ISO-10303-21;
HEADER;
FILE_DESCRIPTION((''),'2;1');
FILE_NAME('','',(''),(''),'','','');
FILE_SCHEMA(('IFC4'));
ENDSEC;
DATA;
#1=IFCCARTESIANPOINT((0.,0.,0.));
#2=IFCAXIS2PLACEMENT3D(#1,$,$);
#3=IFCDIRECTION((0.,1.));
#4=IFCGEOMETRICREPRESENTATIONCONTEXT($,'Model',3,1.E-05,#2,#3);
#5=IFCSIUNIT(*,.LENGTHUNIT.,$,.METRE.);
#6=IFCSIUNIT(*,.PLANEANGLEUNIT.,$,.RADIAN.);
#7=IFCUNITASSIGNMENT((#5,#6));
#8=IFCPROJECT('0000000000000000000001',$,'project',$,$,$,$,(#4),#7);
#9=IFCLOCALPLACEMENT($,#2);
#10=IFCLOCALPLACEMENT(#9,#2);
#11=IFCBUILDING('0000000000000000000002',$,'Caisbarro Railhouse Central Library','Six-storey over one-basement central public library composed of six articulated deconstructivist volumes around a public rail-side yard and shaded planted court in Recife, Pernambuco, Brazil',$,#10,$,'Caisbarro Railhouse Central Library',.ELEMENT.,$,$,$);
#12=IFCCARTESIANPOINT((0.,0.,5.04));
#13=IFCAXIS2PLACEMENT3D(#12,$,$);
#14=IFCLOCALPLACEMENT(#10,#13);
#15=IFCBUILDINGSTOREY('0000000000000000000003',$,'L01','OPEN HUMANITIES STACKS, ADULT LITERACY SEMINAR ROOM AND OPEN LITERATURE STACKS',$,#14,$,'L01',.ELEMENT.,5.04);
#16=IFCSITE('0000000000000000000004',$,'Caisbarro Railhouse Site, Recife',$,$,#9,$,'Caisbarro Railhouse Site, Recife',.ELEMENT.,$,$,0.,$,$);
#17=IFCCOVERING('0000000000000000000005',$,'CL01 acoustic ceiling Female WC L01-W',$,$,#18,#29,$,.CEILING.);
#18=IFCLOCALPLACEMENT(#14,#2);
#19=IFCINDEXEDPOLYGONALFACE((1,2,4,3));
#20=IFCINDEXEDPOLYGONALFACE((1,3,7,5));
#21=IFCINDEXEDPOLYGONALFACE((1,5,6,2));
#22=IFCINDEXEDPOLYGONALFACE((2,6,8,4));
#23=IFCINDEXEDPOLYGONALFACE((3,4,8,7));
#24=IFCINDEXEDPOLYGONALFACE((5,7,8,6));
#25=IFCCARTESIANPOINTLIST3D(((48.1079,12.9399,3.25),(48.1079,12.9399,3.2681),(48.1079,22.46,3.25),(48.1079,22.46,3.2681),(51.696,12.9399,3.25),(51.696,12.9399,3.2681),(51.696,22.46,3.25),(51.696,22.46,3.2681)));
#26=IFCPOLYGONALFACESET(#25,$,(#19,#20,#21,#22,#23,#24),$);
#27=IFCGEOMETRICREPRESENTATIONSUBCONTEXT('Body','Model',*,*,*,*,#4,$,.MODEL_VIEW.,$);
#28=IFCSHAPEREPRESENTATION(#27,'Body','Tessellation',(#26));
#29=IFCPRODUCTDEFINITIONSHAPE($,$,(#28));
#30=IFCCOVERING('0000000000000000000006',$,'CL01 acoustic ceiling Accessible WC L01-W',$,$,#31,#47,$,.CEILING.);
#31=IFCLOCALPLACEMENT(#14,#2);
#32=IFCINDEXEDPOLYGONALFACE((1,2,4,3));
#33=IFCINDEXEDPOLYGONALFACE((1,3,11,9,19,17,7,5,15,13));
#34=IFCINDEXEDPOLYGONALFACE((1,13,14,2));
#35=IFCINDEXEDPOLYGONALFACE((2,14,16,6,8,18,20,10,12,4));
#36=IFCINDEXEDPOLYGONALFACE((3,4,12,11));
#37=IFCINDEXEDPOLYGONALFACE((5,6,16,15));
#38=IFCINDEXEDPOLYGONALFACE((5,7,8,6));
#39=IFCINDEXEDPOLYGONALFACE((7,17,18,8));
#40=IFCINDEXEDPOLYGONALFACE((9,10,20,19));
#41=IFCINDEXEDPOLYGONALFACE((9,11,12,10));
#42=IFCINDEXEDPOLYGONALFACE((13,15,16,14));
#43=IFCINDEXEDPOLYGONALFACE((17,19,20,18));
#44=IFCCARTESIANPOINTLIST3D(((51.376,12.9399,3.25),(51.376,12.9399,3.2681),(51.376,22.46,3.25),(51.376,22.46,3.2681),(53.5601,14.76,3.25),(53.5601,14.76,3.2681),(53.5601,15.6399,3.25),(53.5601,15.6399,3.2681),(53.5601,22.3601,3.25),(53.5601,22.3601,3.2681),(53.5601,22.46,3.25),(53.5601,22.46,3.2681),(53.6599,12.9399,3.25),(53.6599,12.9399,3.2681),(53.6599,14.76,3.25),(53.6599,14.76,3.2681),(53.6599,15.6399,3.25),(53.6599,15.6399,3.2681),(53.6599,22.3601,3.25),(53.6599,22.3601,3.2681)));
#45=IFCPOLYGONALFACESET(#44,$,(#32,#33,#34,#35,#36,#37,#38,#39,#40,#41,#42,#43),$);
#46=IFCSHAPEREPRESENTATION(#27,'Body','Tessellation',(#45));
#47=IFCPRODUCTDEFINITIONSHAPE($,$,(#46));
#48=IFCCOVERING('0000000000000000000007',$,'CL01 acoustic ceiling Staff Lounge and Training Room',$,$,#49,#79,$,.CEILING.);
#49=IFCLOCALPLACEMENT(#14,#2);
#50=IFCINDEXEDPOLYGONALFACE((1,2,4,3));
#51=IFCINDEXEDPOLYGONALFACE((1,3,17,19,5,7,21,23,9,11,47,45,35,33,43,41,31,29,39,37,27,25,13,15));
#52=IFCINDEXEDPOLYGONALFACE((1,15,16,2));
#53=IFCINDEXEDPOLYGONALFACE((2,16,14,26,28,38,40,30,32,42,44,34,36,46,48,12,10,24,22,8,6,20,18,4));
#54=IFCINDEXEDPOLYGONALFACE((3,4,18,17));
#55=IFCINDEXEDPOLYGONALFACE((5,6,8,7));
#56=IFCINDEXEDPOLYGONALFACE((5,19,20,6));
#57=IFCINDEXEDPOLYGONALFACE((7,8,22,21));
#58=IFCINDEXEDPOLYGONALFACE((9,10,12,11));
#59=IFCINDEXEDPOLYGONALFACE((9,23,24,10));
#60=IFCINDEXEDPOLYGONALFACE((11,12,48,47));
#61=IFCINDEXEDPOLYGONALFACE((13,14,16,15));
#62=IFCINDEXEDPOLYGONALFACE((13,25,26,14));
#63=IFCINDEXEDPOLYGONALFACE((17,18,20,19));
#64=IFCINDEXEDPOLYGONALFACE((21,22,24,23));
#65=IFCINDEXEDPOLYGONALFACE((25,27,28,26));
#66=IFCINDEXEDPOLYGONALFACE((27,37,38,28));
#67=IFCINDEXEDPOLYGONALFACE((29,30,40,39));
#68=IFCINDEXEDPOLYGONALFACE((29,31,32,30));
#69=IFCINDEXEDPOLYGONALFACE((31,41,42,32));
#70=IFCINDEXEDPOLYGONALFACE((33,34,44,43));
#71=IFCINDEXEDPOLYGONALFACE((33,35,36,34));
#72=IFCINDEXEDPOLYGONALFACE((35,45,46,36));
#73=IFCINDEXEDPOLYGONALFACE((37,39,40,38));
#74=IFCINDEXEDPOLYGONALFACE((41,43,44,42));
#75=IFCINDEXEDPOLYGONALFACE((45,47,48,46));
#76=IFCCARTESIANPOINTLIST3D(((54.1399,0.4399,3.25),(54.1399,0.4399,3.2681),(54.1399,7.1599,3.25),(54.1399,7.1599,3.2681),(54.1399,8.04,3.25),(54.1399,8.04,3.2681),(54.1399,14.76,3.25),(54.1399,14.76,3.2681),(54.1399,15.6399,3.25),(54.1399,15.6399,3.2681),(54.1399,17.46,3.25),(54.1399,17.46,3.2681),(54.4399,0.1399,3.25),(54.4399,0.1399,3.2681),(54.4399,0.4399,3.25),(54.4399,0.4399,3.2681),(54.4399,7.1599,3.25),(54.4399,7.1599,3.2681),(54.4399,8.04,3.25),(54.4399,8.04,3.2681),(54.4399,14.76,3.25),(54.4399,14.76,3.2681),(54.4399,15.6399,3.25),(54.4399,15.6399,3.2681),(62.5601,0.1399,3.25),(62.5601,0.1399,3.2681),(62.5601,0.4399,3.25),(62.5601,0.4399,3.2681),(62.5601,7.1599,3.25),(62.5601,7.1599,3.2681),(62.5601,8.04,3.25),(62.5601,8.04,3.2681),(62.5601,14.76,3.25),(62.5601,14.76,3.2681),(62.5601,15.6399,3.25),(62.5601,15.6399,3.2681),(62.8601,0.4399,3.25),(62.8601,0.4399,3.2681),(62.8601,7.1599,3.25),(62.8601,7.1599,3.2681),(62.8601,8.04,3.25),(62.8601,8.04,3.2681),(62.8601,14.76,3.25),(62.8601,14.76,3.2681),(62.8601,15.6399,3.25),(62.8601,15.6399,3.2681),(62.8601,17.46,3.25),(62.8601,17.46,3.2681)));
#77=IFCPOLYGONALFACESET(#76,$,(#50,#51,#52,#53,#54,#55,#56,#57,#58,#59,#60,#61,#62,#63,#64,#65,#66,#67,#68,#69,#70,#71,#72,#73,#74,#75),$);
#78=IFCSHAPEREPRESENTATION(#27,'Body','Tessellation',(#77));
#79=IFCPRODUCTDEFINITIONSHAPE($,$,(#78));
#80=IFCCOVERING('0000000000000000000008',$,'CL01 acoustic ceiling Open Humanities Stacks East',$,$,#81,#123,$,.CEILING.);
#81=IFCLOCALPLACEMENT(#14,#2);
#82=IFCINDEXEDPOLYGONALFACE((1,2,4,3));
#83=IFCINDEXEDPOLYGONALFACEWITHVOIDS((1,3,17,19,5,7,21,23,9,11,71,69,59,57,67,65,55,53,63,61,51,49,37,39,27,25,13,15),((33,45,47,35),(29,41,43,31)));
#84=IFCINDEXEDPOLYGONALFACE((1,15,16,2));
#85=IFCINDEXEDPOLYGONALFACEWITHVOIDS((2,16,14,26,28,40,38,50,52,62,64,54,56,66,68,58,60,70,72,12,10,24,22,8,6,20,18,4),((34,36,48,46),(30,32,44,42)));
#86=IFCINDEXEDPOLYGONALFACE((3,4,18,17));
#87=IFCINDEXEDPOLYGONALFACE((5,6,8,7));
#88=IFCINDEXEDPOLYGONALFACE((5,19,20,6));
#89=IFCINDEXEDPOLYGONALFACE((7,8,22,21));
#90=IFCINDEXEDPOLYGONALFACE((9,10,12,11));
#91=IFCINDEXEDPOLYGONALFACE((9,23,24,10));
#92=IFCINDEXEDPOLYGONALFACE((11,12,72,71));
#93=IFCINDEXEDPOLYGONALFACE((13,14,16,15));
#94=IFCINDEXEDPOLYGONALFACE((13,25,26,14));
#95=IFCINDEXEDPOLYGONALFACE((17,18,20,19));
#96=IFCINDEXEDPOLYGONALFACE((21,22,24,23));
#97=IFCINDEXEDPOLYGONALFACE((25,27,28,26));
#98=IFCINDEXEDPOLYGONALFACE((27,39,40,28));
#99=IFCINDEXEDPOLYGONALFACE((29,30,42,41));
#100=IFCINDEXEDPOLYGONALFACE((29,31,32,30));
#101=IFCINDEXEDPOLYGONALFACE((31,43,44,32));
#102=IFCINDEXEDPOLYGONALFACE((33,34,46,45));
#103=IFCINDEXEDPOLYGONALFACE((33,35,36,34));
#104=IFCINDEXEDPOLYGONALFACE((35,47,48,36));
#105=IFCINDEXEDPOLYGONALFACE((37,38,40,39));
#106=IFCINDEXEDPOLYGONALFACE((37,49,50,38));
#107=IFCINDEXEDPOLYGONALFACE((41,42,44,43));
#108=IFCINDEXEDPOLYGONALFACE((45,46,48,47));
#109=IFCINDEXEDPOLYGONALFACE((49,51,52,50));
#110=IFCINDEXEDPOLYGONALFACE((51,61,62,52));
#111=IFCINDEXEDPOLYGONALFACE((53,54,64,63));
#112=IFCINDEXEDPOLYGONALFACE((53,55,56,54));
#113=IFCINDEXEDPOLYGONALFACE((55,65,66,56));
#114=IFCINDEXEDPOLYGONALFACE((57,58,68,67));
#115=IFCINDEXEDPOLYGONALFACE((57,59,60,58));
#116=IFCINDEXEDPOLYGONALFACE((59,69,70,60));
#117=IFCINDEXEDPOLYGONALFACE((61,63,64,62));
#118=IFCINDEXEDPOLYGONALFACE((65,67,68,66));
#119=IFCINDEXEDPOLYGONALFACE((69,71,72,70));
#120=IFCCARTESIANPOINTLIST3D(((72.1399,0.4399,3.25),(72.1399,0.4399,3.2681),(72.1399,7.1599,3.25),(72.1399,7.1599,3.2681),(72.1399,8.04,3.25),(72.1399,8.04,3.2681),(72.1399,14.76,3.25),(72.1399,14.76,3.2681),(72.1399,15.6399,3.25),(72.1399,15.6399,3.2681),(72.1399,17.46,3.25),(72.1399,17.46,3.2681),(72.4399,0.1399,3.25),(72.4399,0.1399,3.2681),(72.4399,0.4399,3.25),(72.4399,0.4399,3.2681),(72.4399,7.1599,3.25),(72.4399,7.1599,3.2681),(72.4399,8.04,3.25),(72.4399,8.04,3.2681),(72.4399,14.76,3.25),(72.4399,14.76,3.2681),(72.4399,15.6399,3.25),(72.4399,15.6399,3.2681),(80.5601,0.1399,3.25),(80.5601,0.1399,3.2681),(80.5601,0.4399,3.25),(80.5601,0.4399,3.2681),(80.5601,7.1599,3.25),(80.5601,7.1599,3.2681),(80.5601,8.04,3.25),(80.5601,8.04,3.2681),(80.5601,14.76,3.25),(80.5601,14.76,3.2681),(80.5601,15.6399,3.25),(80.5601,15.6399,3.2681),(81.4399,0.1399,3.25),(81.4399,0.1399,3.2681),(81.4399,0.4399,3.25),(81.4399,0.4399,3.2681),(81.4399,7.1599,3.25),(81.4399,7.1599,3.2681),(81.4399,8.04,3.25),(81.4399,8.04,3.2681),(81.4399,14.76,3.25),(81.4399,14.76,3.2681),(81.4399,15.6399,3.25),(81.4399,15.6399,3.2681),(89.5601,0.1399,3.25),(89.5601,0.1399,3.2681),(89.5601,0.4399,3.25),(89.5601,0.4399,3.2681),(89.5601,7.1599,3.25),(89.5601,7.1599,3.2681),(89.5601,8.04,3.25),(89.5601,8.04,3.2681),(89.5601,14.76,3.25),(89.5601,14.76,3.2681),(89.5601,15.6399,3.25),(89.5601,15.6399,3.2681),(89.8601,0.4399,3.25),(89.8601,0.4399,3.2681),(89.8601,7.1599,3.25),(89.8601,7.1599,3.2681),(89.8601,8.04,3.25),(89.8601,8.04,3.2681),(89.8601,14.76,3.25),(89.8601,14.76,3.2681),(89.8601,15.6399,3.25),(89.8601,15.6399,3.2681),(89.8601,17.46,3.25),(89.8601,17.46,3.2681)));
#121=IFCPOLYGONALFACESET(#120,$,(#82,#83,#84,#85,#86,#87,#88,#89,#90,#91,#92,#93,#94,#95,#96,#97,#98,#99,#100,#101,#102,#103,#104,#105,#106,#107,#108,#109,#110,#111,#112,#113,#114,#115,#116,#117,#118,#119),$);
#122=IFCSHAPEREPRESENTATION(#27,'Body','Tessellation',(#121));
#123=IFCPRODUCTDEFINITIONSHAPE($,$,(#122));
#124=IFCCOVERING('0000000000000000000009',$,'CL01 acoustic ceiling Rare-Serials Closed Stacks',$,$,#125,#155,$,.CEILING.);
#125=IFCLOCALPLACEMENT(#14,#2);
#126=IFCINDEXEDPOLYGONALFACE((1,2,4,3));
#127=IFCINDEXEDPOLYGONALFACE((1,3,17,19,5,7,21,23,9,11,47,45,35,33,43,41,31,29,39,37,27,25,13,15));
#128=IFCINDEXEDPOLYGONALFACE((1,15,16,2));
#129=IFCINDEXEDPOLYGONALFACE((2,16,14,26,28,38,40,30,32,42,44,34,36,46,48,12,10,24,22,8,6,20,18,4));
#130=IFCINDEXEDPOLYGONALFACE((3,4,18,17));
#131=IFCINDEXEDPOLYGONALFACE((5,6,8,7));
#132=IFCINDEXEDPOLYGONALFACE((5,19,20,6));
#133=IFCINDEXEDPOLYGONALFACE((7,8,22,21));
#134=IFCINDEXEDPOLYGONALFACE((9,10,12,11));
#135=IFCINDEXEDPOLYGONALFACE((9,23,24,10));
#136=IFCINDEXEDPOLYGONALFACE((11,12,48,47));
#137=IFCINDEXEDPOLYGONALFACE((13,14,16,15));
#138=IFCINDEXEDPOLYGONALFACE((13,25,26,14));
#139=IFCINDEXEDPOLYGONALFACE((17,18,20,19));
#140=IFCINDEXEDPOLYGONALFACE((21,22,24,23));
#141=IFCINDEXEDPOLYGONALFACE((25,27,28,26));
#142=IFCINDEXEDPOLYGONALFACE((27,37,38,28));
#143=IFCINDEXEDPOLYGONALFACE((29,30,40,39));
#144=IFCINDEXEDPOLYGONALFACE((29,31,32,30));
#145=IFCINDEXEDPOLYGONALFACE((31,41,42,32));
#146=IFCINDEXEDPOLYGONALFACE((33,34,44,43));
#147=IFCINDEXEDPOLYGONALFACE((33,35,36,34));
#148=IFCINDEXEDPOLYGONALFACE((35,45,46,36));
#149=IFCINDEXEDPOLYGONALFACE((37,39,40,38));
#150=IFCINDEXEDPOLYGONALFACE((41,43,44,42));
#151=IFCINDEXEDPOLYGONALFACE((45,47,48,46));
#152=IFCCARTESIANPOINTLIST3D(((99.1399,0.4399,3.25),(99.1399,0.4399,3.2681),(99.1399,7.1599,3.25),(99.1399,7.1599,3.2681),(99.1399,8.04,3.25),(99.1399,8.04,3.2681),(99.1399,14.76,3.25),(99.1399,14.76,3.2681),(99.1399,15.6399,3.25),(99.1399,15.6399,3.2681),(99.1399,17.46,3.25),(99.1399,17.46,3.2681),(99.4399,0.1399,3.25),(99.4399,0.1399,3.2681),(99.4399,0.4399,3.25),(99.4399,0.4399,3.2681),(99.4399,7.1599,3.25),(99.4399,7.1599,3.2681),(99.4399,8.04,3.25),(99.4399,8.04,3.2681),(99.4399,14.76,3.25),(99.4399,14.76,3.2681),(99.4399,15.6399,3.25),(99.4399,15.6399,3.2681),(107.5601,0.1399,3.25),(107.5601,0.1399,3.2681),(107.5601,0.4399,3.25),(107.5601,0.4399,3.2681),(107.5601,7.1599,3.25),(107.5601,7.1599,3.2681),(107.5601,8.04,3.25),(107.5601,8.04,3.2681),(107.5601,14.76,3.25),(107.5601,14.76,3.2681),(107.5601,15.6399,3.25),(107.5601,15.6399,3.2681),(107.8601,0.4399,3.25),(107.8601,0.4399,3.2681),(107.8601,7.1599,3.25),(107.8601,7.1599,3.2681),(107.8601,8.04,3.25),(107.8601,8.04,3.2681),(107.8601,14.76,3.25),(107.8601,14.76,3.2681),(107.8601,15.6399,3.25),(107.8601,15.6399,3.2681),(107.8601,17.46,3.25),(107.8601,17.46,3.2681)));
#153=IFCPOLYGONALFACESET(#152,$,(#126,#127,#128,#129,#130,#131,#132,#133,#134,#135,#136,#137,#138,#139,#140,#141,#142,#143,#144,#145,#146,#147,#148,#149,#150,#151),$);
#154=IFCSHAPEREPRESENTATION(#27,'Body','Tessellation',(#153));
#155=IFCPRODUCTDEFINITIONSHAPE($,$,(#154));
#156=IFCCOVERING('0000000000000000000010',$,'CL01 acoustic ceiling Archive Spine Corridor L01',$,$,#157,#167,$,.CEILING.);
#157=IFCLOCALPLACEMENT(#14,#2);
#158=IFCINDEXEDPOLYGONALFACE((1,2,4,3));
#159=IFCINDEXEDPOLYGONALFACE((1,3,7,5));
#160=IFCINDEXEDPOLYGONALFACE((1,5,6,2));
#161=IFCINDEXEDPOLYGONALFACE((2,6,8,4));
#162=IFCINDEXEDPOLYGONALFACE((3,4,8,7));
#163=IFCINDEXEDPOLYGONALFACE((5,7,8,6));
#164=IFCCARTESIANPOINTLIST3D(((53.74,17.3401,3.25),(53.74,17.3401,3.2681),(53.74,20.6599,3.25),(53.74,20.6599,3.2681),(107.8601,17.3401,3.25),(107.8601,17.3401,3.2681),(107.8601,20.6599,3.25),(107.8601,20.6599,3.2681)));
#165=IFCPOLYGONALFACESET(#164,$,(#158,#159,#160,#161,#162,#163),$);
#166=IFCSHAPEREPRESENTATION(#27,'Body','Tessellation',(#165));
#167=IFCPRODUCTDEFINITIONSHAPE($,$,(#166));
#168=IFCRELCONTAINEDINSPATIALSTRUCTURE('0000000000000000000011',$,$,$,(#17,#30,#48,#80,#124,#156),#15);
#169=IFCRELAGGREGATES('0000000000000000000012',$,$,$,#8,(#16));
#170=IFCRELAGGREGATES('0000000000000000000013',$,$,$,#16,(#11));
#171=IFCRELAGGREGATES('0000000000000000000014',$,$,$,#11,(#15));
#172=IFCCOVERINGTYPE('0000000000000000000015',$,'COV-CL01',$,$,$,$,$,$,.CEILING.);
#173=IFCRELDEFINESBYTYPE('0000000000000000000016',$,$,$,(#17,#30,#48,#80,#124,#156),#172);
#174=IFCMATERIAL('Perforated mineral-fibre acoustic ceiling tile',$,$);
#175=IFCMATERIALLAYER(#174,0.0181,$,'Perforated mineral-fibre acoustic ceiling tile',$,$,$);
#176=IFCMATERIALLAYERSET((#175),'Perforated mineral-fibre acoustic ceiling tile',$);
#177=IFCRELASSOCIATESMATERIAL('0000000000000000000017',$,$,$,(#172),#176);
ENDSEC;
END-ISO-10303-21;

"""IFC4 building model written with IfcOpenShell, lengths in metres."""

from ifc_helpers import new_model, si_unit, direction, frame, origin, place, context, subcontext, project, spatial, polyline, outline, extrude, material, layer, layer_set, type_object, element, save


model = new_model("IFC4")

# Units and contexts
model_context = context("Model", 3, precision=1e-05, world=origin(), true_north=direction((0.0, 1.0)))
body_context = subcontext(model_context, "Body", "Model", "MODEL_VIEW")
ifc_project = project(units=[si_unit("LENGTHUNIT", "METRE"), si_unit("PLANEANGLEUNIT", "RADIAN")], contexts=[model_context])

# Site, building, storey
site_placement = place(None, origin())
site = spatial("IfcSite", under=ifc_project, at=site_placement, Name="Caisbarro Railhouse Site, Recife", LongName="Caisbarro Railhouse Site, Recife", CompositionType="ELEMENT", RefElevation=0.0)
building_placement = place(site_placement, origin())
building = spatial("IfcBuilding", under=site, at=building_placement, Name="Caisbarro Railhouse Central Library", Description="Six-storey over one-basement central public library composed of six articulated deconstructivist volumes around a public rail-side yard and shaded planted court in Recife, Pernambuco, Brazil", LongName="Caisbarro Railhouse Central Library", CompositionType="ELEMENT")
storey_placement = place(building_placement, frame((0.0, 0.0, 5.04)))
storey = spatial("IfcBuildingStorey", under=building, at=storey_placement, Name="L01", Description="OPEN HUMANITIES STACKS, ADULT LITERACY SEMINAR ROOM AND OPEN LITERATURE STACKS", LongName="L01", CompositionType="ELEMENT", Elevation=5.04)

# Coverings
ifc_material_1 = material(Name="Perforated mineral-fibre acoustic ceiling tile")
ifc_layer_1 = layer(ifc_material_1, 0.0181, Name="Perforated mineral-fibre acoustic ceiling tile")
ifc_layer_set_1 = layer_set([ifc_layer_1], Name="Perforated mineral-fibre acoustic ceiling tile")
covering_type_1 = type_object("IfcCoveringType", Name="COV-CL01", PredefinedType="CEILING", material=ifc_layer_set_1)
covering_1_placement = place(storey_placement, frame((0.0, 0.0, 3.25)))
element("IfcCovering", 1, at=covering_1_placement, inside=storey, type_object=covering_type_1, Name="CL01 acoustic ceiling Female WC L01-W", PredefinedType="CEILING", context=body_context, shape_type="SweptSolid", body=[
    extrude(outline(polyline([(48.1079, 12.9399), (48.1079, 22.46), (51.696, 22.46), (51.696, 12.9399), (48.1079, 12.9399)])), origin(), (0.0, 0.0, 1.0), 0.0181),
])
covering_2_placement = place(storey_placement, frame((0.0, 0.0, 3.25)))
element("IfcCovering", 2, at=covering_2_placement, inside=storey, type_object=covering_type_1, Name="CL01 acoustic ceiling Accessible WC L01-W", PredefinedType="CEILING", context=body_context, shape_type="SweptSolid", body=[
    extrude(outline(polyline([(53.5601, 22.46), (53.5601, 22.3601), (53.6599, 22.3601), (53.6599, 15.6399), (53.5601, 15.6399), (53.5601, 14.76), (53.6599, 14.76), (53.6599, 12.9399), (51.376, 12.9399), (51.376, 22.46), (53.5601, 22.46)])), origin(), (0.0, 0.0, 1.0), 0.0181),
])
covering_3_placement = place(storey_placement, frame((0.0, 0.0, 3.25)))
element("IfcCovering", 3, at=covering_3_placement, inside=storey, type_object=covering_type_1, Name="CL01 acoustic ceiling Staff Lounge and Training Room", PredefinedType="CEILING", context=body_context, shape_type="SweptSolid", body=[
    extrude(outline(polyline([(54.1399, 0.4399), (54.1399, 7.1599), (54.4399, 7.1599), (54.4399, 8.04), (54.1399, 8.04), (54.1399, 14.76), (54.4399, 14.76), (54.4399, 15.6399), (54.1399, 15.6399), (54.1399, 17.46), (62.8601, 17.46), (62.8601, 15.6399), (62.5601, 15.6399), (62.5601, 14.76), (62.8601, 14.76), (62.8601, 8.04), (62.5601, 8.04), (62.5601, 7.1599), (62.8601, 7.1599), (62.8601, 0.4399), (62.5601, 0.4399), (62.5601, 0.1399), (54.4399, 0.1399), (54.4399, 0.4399), (54.1399, 0.4399)])), origin(), (0.0, 0.0, 1.0), 0.0181),
])
covering_4_placement = place(storey_placement, frame((0.0, 0.0, 3.25)))
element("IfcCovering", 4, at=covering_4_placement, inside=storey, type_object=covering_type_1, Name="CL01 acoustic ceiling Open Humanities Stacks East", PredefinedType="CEILING", context=body_context, shape_type="SweptSolid", body=[
    extrude(outline(polyline([(72.4399, 0.4399), (72.1399, 0.4399), (72.1399, 7.1599), (72.4399, 7.1599), (72.4399, 8.04), (72.1399, 8.04), (72.1399, 14.76), (72.4399, 14.76), (72.4399, 15.6399), (72.1399, 15.6399), (72.1399, 17.46), (89.8601, 17.46), (89.8601, 15.6399), (89.5601, 15.6399), (89.5601, 14.76), (89.8601, 14.76), (89.8601, 8.04), (89.5601, 8.04), (89.5601, 7.1599), (89.8601, 7.1599), (89.8601, 0.4399), (89.5601, 0.4399), (89.5601, 0.1399), (81.4399, 0.1399), (81.4399, 0.4399), (80.5601, 0.4399), (80.5601, 0.1399), (72.4399, 0.1399), (72.4399, 0.4399)]), holes=[polyline([(81.4399, 8.04), (80.5601, 8.04), (80.5601, 7.1599), (81.4399, 7.1599), (81.4399, 8.04)]), polyline([(81.4399, 14.76), (81.4399, 15.6399), (80.5601, 15.6399), (80.5601, 14.76), (81.4399, 14.76)])]), origin(), (0.0, 0.0, 1.0), 0.0181),
])
covering_5_placement = place(storey_placement, frame((0.0, 0.0, 3.25)))
element("IfcCovering", 5, at=covering_5_placement, inside=storey, type_object=covering_type_1, Name="CL01 acoustic ceiling Rare-Serials Closed Stacks", PredefinedType="CEILING", context=body_context, shape_type="SweptSolid", body=[
    extrude(outline(polyline([(99.1399, 0.4399), (99.1399, 7.1599), (99.4399, 7.1599), (99.4399, 8.04), (99.1399, 8.04), (99.1399, 14.76), (99.4399, 14.76), (99.4399, 15.6399), (99.1399, 15.6399), (99.1399, 17.46), (107.8601, 17.46), (107.8601, 15.6399), (107.5601, 15.6399), (107.5601, 14.76), (107.8601, 14.76), (107.8601, 8.04), (107.5601, 8.04), (107.5601, 7.1599), (107.8601, 7.1599), (107.8601, 0.4399), (107.5601, 0.4399), (107.5601, 0.1399), (99.4399, 0.1399), (99.4399, 0.4399), (99.1399, 0.4399)])), origin(), (0.0, 0.0, 1.0), 0.0181),
])
covering_6_placement = place(storey_placement, frame((0.0, 0.0, 3.25)))
element("IfcCovering", 6, at=covering_6_placement, inside=storey, type_object=covering_type_1, Name="CL01 acoustic ceiling Archive Spine Corridor L01", PredefinedType="CEILING", context=body_context, shape_type="SweptSolid", body=[
    extrude(outline(polyline([(53.74, 17.3401), (53.74, 20.6599), (107.8601, 20.6599), (107.8601, 17.3401), (53.74, 17.3401)])), origin(), (0.0, 0.0, 1.0), 0.0181),
])

save(model, "model.ifc")
